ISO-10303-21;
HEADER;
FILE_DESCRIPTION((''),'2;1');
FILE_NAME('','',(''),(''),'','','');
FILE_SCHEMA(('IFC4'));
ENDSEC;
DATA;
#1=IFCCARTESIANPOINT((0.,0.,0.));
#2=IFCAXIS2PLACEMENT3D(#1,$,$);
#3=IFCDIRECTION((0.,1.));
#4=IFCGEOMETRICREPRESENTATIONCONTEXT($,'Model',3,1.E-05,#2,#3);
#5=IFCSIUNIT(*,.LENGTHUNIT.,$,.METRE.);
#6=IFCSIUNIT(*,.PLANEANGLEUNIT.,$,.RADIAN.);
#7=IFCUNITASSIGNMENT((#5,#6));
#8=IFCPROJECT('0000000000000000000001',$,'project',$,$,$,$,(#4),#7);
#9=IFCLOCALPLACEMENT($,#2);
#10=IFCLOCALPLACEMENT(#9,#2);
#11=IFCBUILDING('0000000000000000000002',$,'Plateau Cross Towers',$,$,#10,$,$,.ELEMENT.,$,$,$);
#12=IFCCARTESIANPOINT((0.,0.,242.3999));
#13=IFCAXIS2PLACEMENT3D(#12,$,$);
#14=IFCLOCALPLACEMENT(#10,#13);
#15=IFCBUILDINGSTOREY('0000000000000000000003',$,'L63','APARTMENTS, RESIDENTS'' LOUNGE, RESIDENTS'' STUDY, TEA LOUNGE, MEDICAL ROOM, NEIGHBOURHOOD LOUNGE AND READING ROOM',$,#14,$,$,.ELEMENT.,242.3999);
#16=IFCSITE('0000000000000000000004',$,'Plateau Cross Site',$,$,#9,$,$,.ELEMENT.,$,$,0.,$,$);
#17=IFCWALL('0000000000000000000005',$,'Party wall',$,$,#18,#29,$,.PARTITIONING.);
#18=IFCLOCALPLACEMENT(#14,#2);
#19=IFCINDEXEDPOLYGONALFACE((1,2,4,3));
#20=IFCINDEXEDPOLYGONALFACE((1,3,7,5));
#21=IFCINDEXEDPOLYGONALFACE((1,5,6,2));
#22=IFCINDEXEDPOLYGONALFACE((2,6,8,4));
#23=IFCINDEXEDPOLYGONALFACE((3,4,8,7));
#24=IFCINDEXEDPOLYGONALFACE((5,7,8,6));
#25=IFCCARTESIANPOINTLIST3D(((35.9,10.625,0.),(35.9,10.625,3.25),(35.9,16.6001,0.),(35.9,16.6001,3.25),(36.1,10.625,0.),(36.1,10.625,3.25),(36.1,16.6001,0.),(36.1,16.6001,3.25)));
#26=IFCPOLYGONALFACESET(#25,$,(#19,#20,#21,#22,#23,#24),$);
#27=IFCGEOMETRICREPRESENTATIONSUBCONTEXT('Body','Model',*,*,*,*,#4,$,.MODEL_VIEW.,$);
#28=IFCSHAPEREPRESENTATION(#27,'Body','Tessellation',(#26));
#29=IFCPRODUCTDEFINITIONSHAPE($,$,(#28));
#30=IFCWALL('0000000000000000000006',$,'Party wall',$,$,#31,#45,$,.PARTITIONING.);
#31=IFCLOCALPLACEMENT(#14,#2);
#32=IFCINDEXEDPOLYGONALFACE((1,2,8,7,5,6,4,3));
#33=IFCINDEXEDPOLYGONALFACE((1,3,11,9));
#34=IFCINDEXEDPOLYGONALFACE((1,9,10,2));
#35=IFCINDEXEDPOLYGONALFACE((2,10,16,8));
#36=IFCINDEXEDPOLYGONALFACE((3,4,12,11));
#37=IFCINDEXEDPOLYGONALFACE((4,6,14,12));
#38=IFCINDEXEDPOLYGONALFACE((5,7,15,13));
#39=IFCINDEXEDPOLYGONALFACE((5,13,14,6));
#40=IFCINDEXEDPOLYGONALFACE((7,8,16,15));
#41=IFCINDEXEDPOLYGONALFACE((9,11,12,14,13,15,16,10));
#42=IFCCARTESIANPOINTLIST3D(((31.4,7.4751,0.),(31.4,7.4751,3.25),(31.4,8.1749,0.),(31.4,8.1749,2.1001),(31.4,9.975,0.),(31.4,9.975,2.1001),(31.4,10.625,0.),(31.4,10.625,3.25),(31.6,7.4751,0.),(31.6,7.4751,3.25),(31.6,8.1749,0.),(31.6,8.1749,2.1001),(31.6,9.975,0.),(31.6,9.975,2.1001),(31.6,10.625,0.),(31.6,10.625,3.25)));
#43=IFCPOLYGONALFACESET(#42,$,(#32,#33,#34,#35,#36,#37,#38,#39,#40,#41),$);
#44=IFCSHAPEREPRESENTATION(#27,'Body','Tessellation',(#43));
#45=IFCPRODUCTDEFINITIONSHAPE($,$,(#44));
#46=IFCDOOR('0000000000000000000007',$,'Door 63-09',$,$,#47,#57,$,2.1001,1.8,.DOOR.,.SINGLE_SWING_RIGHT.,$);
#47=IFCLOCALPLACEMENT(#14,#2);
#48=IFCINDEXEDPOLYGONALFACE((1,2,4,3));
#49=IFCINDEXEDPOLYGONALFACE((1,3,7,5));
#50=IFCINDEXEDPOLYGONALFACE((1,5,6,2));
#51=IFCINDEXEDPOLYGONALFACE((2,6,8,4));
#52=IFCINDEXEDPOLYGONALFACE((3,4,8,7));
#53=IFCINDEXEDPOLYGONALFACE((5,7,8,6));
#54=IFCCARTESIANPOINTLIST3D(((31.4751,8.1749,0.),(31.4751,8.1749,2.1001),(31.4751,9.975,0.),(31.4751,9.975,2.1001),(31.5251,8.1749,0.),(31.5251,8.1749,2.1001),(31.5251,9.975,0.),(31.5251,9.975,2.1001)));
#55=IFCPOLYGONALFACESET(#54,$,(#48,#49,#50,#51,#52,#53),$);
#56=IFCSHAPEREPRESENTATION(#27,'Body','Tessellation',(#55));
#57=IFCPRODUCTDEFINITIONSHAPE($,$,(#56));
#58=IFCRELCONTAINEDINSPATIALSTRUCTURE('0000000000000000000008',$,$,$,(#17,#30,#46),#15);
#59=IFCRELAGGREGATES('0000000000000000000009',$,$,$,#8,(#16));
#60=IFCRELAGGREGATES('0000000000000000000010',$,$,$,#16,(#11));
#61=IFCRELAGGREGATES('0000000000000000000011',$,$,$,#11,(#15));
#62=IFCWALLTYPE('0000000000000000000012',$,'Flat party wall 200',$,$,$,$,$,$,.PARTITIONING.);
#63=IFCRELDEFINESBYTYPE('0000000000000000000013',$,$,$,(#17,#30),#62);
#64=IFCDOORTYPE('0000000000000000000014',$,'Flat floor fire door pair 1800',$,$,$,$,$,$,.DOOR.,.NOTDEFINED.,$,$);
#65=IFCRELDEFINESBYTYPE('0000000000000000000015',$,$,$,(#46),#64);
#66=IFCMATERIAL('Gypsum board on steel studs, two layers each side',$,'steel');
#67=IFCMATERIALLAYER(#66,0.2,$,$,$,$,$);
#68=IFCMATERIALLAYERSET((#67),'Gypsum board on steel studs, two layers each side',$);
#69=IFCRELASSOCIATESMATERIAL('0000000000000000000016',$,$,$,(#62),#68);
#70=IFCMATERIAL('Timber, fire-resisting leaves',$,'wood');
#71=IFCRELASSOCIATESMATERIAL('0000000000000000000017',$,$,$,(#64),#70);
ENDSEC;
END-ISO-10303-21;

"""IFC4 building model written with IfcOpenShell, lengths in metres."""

from ifc_helpers import new_model, si_unit, direction, frame, frame_2d, origin, place, context, subcontext, project, spatial, rectangle, extrude, material, layer, layer_set, type_object, element, fill, save


model = new_model("IFC4")

# Units and contexts
model_context = context("Model", 3, precision=1e-05, world=origin(), true_north=direction((0.0, 1.0)))
body_context = subcontext(model_context, "Body", "Model", "MODEL_VIEW")
ifc_project = project(units=[si_unit("LENGTHUNIT", "METRE"), si_unit("PLANEANGLEUNIT", "RADIAN")], contexts=[model_context])

# Site, building, storey
site_placement = place(None, origin())
site = spatial("IfcSite", under=ifc_project, at=site_placement, Name="Plateau Cross Site", CompositionType="ELEMENT", RefElevation=0.0)
building_placement = place(site_placement, origin())
building = spatial("IfcBuilding", under=site, at=building_placement, Name="Plateau Cross Towers", CompositionType="ELEMENT")
storey_placement = place(building_placement, frame((0.0, 0.0, 242.3999)))
storey = spatial("IfcBuildingStorey", under=building, at=storey_placement, Name="L63", Description="APARTMENTS, RESIDENTS' LOUNGE, RESIDENTS' STUDY, TEA LOUNGE, MEDICAL ROOM, NEIGHBOURHOOD LOUNGE AND READING ROOM", CompositionType="ELEMENT", Elevation=242.3999)

# Wall
ifc_material_1 = material(Name="Gypsum board on steel studs, two layers each side", Category="steel")
ifc_layer_1 = layer(ifc_material_1, 0.2)
ifc_layer_set_1 = layer_set([ifc_layer_1], Name="Gypsum board on steel studs, two layers each side")
wall_type_1 = type_object("IfcWallType", Name="Flat party wall 200", PredefinedType="PARTITIONING", material=ifc_layer_set_1)
wall_1_placement = place(storey_placement, frame((36.0, 10.625, 0.0), z_axis=(0.0, 0.0, 1.0), x_axis=(0.0, 1.0, 0.0)))
element("IfcWall", 1, at=wall_1_placement, inside=storey, type_object=wall_type_1, Name="Party wall", PredefinedType="PARTITIONING", context=body_context, shape_type="SweptSolid", body=[
    extrude(rectangle(XDim=5.9751, YDim=0.2, at=frame_2d((2.9875, 0.0))), origin(), (0.0, 0.0, 1.0), 3.25),
])

# Wall, opening, door
wall_2_placement = place(storey_placement, frame((31.5, 7.4751, 0.0), z_axis=(0.0, 0.0, 1.0), x_axis=(0.0, 1.0, 0.0)))
wall_2 = element("IfcWall", 2, at=wall_2_placement, inside=storey, type_object=wall_type_1, Name="Party wall", PredefinedType="PARTITIONING", context=body_context, shape_type="SweptSolid", body=[
    extrude(rectangle(XDim=3.1499, YDim=0.2, at=frame_2d((1.575, 0.0))), origin(), (0.0, 0.0, 1.0), 3.25),
])
opening_1_placement = place(wall_2_placement, frame((0.7, 0.0, 0.0)))
opening_1 = element("IfcOpeningElement", 3, at=opening_1_placement, cuts=wall_2, PredefinedType="OPENING", context=body_context, shape_type="SweptSolid", body=[
    extrude(rectangle(XDim=1.8, YDim=2.1001, at=frame_2d((0.8999, 1.05))), frame((0.0, 0.1099, 0.0), z_axis=(0.0, -1.0, 0.0), x_axis=(1.0, 0.0, 0.0)), (0.0, 0.0, 1.0), 0.22),
])
ifc_material_2 = material(Name="Timber, fire-resisting leaves", Category="wood")
door_type_1 = type_object("IfcDoorType", Name="Flat floor fire door pair 1800", OperationType="NOTDEFINED", PredefinedType="DOOR", material=ifc_material_2)
door_1_placement = place(opening_1_placement, origin())
door_1 = element("IfcDoor", 4, at=door_1_placement, inside=storey, type_object=door_type_1, Name="Door 63-09", OperationType="SINGLE_SWING_RIGHT", OverallHeight=2.1001, OverallWidth=1.8, PredefinedType="DOOR", context=body_context, shape_type="SweptSolid", body=[
    extrude(rectangle(XDim=1.8, YDim=2.1001, at=frame_2d((0.8999, 1.05))), frame((0.0, 0.0249, 0.0), z_axis=(0.0, -1.0, 0.0), x_axis=(1.0, 0.0, 0.0)), (0.0, 0.0, 1.0), 0.05),
])
fill(opening_1, door_1)

save(model, "model.ifc")
